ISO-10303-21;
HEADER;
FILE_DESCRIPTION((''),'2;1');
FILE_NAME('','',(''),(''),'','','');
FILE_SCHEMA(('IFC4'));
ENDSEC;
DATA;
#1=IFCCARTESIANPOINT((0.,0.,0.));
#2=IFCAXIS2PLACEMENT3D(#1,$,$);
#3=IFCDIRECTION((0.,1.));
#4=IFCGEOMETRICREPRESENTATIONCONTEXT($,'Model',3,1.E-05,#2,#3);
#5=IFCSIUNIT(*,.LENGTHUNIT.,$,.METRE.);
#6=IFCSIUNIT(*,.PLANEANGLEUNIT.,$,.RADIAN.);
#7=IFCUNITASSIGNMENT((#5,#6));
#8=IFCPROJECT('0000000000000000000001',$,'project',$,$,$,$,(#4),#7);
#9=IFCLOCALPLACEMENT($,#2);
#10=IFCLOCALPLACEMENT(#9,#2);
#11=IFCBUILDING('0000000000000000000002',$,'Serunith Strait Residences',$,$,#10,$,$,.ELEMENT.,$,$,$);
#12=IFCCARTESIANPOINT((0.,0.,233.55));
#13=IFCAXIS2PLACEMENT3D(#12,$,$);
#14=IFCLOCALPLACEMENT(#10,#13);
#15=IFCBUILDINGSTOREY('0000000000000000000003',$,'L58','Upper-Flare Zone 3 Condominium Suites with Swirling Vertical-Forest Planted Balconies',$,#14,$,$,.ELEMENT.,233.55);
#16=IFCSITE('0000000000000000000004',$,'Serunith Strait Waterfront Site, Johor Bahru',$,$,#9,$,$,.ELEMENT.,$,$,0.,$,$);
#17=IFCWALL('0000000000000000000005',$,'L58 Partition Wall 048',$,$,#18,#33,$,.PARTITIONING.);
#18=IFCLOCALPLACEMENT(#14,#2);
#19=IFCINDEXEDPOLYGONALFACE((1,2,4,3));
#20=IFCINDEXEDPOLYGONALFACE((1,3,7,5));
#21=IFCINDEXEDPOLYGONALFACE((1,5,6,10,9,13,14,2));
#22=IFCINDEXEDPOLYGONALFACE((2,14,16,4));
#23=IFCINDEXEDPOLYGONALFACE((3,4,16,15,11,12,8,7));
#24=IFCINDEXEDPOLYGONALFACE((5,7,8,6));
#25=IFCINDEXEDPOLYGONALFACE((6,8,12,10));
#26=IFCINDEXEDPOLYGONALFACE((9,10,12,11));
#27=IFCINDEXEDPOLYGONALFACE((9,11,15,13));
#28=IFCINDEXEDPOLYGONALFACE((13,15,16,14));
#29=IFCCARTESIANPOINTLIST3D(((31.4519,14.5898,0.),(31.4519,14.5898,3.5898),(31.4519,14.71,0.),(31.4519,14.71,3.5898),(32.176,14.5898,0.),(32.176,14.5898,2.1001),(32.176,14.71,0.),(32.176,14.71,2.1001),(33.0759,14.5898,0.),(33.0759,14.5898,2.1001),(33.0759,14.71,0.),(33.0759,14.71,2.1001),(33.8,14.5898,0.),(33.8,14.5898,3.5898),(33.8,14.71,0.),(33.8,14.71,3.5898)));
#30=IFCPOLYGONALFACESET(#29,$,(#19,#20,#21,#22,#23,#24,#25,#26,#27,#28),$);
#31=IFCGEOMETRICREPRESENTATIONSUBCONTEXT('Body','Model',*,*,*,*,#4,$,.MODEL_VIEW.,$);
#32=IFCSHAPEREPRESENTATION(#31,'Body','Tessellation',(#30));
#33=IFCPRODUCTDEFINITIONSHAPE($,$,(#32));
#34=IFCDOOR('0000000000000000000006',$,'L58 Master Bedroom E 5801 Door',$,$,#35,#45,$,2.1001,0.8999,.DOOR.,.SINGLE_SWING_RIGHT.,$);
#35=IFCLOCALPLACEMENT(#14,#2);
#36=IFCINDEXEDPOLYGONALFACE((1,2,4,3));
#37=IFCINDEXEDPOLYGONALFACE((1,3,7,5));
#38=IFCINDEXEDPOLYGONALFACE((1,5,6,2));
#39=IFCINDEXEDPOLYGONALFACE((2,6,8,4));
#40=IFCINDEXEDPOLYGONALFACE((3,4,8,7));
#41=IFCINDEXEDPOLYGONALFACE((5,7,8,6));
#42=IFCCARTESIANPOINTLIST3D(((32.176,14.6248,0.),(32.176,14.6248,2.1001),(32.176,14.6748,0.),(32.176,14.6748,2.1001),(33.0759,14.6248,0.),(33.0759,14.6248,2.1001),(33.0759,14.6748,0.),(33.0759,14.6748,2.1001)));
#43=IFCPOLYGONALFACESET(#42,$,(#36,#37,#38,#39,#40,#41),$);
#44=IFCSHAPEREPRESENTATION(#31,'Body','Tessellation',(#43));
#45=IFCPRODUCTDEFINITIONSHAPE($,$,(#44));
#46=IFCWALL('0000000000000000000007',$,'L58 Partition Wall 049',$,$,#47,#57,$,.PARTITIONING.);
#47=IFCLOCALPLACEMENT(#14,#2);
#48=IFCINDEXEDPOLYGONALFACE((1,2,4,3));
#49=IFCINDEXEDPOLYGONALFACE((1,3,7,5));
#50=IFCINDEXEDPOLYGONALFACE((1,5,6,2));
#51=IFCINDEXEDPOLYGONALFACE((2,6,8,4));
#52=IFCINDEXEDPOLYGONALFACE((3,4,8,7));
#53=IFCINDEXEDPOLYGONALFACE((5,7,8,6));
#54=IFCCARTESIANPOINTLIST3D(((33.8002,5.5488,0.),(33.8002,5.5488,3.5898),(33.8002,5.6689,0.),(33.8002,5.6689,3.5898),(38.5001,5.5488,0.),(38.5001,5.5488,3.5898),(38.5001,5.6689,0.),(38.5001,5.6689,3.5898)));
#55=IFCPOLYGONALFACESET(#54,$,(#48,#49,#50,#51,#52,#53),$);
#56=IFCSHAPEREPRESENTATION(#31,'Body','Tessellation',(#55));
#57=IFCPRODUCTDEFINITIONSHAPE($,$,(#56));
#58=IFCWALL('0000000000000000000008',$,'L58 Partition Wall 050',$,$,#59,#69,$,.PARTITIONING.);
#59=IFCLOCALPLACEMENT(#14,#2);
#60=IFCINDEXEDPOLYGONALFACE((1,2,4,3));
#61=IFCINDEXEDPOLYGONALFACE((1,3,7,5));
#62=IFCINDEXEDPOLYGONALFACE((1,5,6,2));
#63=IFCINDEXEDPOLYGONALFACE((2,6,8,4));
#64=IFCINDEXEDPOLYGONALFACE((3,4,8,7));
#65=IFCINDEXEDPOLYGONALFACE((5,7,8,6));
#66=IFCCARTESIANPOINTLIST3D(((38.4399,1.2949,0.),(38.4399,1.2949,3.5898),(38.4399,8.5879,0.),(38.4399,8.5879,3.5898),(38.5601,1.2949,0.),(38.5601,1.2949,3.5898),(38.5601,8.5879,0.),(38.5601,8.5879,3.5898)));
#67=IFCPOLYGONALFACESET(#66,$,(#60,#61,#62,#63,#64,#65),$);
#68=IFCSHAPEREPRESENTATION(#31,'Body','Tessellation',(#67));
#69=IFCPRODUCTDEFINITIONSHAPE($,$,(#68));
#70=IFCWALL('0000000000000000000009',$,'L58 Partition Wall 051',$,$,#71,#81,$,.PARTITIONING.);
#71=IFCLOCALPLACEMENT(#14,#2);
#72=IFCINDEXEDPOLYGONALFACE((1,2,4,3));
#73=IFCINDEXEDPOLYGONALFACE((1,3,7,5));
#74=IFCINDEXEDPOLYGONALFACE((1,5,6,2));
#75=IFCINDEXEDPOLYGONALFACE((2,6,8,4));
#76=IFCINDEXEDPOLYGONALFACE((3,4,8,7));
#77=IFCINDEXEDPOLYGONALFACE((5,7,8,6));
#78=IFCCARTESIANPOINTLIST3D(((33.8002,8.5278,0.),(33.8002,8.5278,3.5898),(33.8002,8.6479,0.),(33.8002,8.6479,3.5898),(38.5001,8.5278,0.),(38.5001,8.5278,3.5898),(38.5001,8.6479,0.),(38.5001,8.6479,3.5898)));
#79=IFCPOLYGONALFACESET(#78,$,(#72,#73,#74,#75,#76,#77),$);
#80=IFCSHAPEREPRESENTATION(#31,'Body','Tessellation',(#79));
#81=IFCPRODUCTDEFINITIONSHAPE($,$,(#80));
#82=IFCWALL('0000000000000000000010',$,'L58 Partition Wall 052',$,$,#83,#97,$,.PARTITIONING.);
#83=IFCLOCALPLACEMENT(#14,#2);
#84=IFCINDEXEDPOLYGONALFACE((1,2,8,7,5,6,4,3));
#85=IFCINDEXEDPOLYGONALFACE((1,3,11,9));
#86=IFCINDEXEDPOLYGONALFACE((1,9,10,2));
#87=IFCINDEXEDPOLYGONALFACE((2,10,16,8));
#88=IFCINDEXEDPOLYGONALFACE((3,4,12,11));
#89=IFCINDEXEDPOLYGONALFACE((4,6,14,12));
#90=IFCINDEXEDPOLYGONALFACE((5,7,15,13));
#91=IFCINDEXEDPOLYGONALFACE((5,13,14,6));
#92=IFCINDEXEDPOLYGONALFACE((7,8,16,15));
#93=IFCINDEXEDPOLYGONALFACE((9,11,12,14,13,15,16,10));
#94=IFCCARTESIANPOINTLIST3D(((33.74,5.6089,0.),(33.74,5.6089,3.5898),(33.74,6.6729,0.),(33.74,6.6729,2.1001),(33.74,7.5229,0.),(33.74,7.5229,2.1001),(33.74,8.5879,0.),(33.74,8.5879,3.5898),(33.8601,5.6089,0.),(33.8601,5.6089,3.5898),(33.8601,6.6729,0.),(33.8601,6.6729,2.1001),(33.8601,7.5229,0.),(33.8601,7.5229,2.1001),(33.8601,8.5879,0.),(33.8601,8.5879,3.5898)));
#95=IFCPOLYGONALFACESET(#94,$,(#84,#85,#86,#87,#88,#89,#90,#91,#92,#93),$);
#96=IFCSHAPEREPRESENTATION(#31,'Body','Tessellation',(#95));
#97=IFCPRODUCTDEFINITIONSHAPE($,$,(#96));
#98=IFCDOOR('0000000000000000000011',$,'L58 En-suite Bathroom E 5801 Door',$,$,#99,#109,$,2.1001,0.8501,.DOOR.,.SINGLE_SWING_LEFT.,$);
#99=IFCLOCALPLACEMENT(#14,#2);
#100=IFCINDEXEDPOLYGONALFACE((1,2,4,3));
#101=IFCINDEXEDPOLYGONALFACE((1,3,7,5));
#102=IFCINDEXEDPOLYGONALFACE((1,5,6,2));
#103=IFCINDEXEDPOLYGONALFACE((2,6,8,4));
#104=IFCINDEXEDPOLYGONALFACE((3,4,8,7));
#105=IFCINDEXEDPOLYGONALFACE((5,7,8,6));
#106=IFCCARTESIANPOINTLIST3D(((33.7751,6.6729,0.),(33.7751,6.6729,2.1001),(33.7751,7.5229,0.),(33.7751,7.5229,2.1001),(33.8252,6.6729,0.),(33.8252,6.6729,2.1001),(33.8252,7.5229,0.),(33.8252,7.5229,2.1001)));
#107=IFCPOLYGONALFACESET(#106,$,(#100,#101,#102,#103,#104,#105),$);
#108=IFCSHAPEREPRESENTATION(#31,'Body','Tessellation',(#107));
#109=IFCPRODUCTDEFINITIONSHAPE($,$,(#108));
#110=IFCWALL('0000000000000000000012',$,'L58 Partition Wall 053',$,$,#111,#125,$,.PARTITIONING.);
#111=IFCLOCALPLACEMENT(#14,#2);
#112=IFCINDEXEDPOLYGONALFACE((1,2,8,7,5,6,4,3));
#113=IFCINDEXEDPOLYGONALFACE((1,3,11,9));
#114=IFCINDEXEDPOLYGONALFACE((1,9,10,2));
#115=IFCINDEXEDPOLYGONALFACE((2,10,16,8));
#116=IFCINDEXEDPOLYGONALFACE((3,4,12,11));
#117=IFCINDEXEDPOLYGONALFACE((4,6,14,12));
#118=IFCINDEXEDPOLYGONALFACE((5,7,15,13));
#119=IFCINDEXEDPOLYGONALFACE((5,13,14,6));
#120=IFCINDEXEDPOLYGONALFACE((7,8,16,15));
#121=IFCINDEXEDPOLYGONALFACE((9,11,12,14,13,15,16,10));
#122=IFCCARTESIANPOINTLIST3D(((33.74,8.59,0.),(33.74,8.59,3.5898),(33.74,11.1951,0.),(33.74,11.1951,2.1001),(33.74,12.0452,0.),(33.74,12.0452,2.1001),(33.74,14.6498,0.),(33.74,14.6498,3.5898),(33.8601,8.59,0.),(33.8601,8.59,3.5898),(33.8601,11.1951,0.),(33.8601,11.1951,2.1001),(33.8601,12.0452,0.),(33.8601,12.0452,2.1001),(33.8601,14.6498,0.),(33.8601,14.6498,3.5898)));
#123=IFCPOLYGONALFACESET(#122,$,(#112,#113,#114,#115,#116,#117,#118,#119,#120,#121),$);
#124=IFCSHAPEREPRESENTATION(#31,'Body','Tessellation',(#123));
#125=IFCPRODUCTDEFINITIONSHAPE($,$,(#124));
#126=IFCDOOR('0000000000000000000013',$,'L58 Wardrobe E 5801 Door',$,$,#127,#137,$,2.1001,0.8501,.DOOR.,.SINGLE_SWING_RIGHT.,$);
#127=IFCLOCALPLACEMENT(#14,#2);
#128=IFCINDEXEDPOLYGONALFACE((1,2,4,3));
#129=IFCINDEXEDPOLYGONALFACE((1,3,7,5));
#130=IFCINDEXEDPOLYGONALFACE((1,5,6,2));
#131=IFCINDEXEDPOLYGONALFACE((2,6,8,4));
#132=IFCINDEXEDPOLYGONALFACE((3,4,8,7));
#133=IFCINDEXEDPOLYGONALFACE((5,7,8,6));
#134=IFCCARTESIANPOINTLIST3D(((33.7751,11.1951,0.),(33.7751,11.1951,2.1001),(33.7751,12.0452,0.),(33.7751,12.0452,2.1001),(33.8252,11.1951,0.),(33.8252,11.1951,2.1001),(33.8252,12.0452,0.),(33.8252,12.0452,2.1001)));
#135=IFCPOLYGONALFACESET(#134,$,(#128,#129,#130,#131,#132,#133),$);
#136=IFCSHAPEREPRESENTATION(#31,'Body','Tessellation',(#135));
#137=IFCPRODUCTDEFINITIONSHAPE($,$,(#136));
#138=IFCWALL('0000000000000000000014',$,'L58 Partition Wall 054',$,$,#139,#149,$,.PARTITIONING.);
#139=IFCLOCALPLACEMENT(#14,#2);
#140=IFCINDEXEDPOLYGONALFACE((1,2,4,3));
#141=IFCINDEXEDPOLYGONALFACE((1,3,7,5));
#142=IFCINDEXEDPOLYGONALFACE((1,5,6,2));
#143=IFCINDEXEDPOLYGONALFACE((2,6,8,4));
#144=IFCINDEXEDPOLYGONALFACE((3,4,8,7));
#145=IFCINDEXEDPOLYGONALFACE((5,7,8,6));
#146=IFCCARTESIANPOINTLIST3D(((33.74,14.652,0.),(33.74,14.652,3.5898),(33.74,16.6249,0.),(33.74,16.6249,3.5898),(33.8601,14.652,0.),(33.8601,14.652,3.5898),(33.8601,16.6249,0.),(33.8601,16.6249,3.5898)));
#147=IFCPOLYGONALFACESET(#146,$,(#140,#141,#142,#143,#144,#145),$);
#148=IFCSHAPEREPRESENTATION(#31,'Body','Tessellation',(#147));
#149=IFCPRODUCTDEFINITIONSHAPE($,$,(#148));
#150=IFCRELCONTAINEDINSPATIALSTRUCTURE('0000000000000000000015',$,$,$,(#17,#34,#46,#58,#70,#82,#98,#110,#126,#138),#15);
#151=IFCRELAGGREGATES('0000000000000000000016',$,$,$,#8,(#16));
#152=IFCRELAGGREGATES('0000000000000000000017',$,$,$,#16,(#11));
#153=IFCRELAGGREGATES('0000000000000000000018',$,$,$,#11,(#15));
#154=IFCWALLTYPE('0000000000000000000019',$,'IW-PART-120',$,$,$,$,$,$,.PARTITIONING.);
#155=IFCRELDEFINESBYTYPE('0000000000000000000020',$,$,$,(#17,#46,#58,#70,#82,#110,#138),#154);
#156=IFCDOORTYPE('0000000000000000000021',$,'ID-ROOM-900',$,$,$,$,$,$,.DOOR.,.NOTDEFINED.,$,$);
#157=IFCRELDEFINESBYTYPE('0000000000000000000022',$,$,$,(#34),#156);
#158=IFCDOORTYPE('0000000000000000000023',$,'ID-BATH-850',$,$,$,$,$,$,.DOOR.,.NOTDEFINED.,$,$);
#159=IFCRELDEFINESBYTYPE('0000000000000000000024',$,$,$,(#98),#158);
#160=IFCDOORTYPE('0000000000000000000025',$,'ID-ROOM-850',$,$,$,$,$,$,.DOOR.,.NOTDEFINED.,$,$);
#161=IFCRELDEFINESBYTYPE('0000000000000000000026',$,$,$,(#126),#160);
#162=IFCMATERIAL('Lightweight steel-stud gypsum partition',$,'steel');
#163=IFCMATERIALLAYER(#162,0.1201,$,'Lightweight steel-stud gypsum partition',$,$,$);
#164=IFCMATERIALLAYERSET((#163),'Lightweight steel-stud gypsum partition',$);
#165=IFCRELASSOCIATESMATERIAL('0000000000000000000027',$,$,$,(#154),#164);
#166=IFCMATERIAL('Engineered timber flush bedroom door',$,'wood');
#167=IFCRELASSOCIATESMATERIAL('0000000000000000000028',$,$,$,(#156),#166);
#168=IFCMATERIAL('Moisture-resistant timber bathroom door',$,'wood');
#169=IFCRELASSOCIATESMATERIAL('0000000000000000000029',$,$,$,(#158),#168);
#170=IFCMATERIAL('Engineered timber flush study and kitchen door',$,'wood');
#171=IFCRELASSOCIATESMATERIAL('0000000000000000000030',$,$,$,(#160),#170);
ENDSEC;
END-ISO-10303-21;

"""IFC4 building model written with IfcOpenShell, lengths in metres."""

from ifc_helpers import new_model, si_unit, direction, frame, frame_2d, origin, place, context, subcontext, project, spatial, rectangle, extrude, source, transform, mapped, material, layer, layer_set, type_object, element, fill, save


model = new_model("IFC4")

# Units and contexts
model_context = context("Model", 3, precision=1e-05, world=origin(), true_north=direction((0.0, 1.0)))
body_context = subcontext(model_context, "Body", "Model", "MODEL_VIEW")
ifc_project = project(units=[si_unit("LENGTHUNIT", "METRE"), si_unit("PLANEANGLEUNIT", "RADIAN")], contexts=[model_context])

# Site, building, storey
site_placement = place(None, origin())
site = spatial("IfcSite", under=ifc_project, at=site_placement, Name="Serunith Strait Waterfront Site, Johor Bahru", CompositionType="ELEMENT", RefElevation=0.0)
building_placement = place(site_placement, origin())
building = spatial("IfcBuilding", under=site, at=building_placement, Name="Serunith Strait Residences", CompositionType="ELEMENT")
storey_placement = place(building_placement, frame((0.0, 0.0, 233.55)))
storey = spatial("IfcBuildingStorey", under=building, at=storey_placement, Name="L58", Description="Upper-Flare Zone 3 Condominium Suites with Swirling Vertical-Forest Planted Balconies", CompositionType="ELEMENT", Elevation=233.55)

# Shared definitions
ifc_material_1 = material(Name="Lightweight steel-stud gypsum partition", Category="steel")
ifc_layer_1 = layer(ifc_material_1, 0.1201, Name="Lightweight steel-stud gypsum partition")
ifc_layer_set_1 = layer_set([ifc_layer_1], Name="Lightweight steel-stud gypsum partition")
wall_type = type_object("IfcWallType", Name="IW-PART-120", PredefinedType="PARTITIONING", material=ifc_layer_set_1)

# Wall, opening, door
wall_1_placement = place(storey_placement, frame((31.4519, 14.6499, 0.0), z_axis=(0.0, 0.0, 1.0), x_axis=(1.0, 0.0, 0.0)))
wall_1 = element("IfcWall", 1, at=wall_1_placement, inside=storey, type_object=wall_type, Name="L58 Partition Wall 048", PredefinedType="PARTITIONING", context=body_context, shape_type="SweptSolid", body=[
    extrude(rectangle(XDim=2.3481, YDim=0.1201, at=frame_2d((1.1741, 0.0))), origin(), (0.0, 0.0, 1.0), 3.5898),
])
opening_1_placement = place(wall_1_placement, frame((0.7241, 0.0, 0.0)))
opening_1 = element("IfcOpeningElement", 2, at=opening_1_placement, cuts=wall_1, PredefinedType="OPENING", context=body_context, shape_type="SweptSolid", body=[
    extrude(rectangle(XDim=0.8999, YDim=2.1001, at=frame_2d((0.45, 1.05))), frame((0.0, 0.0701, 0.0), z_axis=(0.0, -1.0, 0.0), x_axis=(1.0, 0.0, 0.0)), (0.0, 0.0, 1.0), 0.1401),
])
ifc_material_2 = material(Name="Engineered timber flush bedroom door", Category="wood")
door_type_1 = type_object("IfcDoorType", Name="ID-ROOM-900", OperationType="NOTDEFINED", PredefinedType="DOOR", material=ifc_material_2)
shared_shape_1 = source(origin(), body_context, "Body", "SweptSolid", [
    extrude(rectangle(XDim=0.8999, YDim=2.1001, at=frame_2d((0.45, 1.05))), frame((0.0, 0.0249, 0.0), z_axis=(0.0, -1.0, 0.0), x_axis=(1.0, 0.0, 0.0)), (0.0, 0.0, 1.0), 0.05),
])
door_1_placement = place(opening_1_placement, origin())
door_1 = element("IfcDoor", 3, at=door_1_placement, inside=storey, type_object=door_type_1, Name="L58 Master Bedroom E 5801 Door", OperationType="SINGLE_SWING_RIGHT", OverallHeight=2.1001, OverallWidth=0.8999, PredefinedType="DOOR", context=body_context, shape_type="MappedRepresentation", body=[
    mapped(shared_shape_1, transform((0.0, 0.0, 0.0), scale=1.0)),
])
fill(opening_1, door_1)

# Walls
wall_2_placement = place(storey_placement, frame((33.8, 5.6089, 0.0), z_axis=(0.0, 0.0, 1.0), x_axis=(1.0, 0.0, 0.0)))
element("IfcWall", 4, at=wall_2_placement, inside=storey, type_object=wall_type, Name="L58 Partition Wall 049", PredefinedType="PARTITIONING", context=body_context, shape_type="SweptSolid", body=[
    extrude(rectangle(XDim=4.7, YDim=0.1201, at=frame_2d((2.3501, 0.0))), origin(), (0.0, 0.0, 1.0), 3.5898),
])
wall_3_placement = place(storey_placement, frame((38.5, 1.2949, 0.0), z_axis=(0.0, 0.0, 1.0), x_axis=(0.0, 1.0, 0.0)))
element("IfcWall", 5, at=wall_3_placement, inside=storey, type_object=wall_type, Name="L58 Partition Wall 050", PredefinedType="PARTITIONING", context=body_context, shape_type="SweptSolid", body=[
    extrude(rectangle(XDim=7.293, YDim=0.1201, at=frame_2d((3.6465, 0.0))), origin(), (0.0, 0.0, 1.0), 3.5898),
])
wall_4_placement = place(storey_placement, frame((33.8, 8.5879, 0.0), z_axis=(0.0, 0.0, 1.0), x_axis=(1.0, 0.0, 0.0)))
element("IfcWall", 6, at=wall_4_placement, inside=storey, type_object=wall_type, Name="L58 Partition Wall 051", PredefinedType="PARTITIONING", context=body_context, shape_type="SweptSolid", body=[
    extrude(rectangle(XDim=4.7, YDim=0.1201, at=frame_2d((2.3501, 0.0))), origin(), (0.0, 0.0, 1.0), 3.5898),
])

# Walls, openings, doors
wall_5_placement = place(storey_placement, frame((33.8, 5.6089, 0.0), z_axis=(0.0, 0.0, 1.0), x_axis=(0.0, 1.0, 0.0)))
wall_5 = element("IfcWall", 7, at=wall_5_placement, inside=storey, type_object=wall_type, Name="L58 Partition Wall 052", PredefinedType="PARTITIONING", context=body_context, shape_type="SweptSolid", body=[
    extrude(rectangle(XDim=2.979, YDim=0.1201, at=frame_2d((1.4895, 0.0))), origin(), (0.0, 0.0, 1.0), 3.5898),
])
opening_2_placement = place(wall_5_placement, frame((1.064, 0.0, 0.0)))
opening_2 = element("IfcOpeningElement", 8, at=opening_2_placement, cuts=wall_5, PredefinedType="OPENING", context=body_context, shape_type="SweptSolid", body=[
    extrude(rectangle(XDim=0.8501, YDim=2.1001, at=frame_2d((0.425, 1.05))), frame((0.0, 0.0701, 0.0), z_axis=(0.0, -1.0, 0.0), x_axis=(1.0, 0.0, 0.0)), (0.0, 0.0, 1.0), 0.1401),
])
ifc_material_3 = material(Name="Moisture-resistant timber bathroom door", Category="wood")
door_type_2 = type_object("IfcDoorType", Name="ID-BATH-850", OperationType="NOTDEFINED", PredefinedType="DOOR", material=ifc_material_3)
shared_shape_2 = source(origin(), body_context, "Body", "SweptSolid", [
    extrude(rectangle(XDim=0.8501, YDim=2.1001, at=frame_2d((0.425, 1.05))), frame((0.0, 0.0249, 0.0), z_axis=(0.0, -1.0, 0.0), x_axis=(1.0, 0.0, 0.0)), (0.0, 0.0, 1.0), 0.05),
])
door_2_placement = place(opening_2_placement, origin())
door_2 = element("IfcDoor", 9, at=door_2_placement, inside=storey, type_object=door_type_2, Name="L58 En-suite Bathroom E 5801 Door", OperationType="SINGLE_SWING_LEFT", OverallHeight=2.1001, OverallWidth=0.8501, PredefinedType="DOOR", context=body_context, shape_type="MappedRepresentation", body=[
    mapped(shared_shape_2, transform((0.0, 0.0, 0.0), scale=1.0)),
])
fill(opening_2, door_2)
wall_6_placement = place(storey_placement, frame((33.8, 8.5901, 0.0), z_axis=(0.0, 0.0, 1.0), x_axis=(0.0, 1.0, 0.0)))
wall_6 = element("IfcWall", 10, at=wall_6_placement, inside=storey, type_object=wall_type, Name="L58 Partition Wall 053", PredefinedType="PARTITIONING", context=body_context, shape_type="SweptSolid", body=[
    extrude(rectangle(XDim=6.0598, YDim=0.1201, at=frame_2d((3.0298, 0.0))), origin(), (0.0, 0.0, 1.0), 3.5898),
])
opening_3_placement = place(wall_6_placement, frame((2.605, 0.0, 0.0)))
opening_3 = element("IfcOpeningElement", 11, at=opening_3_placement, cuts=wall_6, PredefinedType="OPENING", context=body_context, shape_type="SweptSolid", body=[
    extrude(rectangle(XDim=0.8501, YDim=2.1001, at=frame_2d((0.425, 1.05))), frame((0.0, 0.0701, 0.0), z_axis=(0.0, -1.0, 0.0), x_axis=(1.0, 0.0, 0.0)), (0.0, 0.0, 1.0), 0.1401),
])
ifc_material_4 = material(Name="Engineered timber flush study and kitchen door", Category="wood")
door_type_3 = type_object("IfcDoorType", Name="ID-ROOM-850", OperationType="NOTDEFINED", PredefinedType="DOOR", material=ifc_material_4)
door_3_placement = place(opening_3_placement, origin())
door_3 = element("IfcDoor", 12, at=door_3_placement, inside=storey, type_object=door_type_3, Name="L58 Wardrobe E 5801 Door", OperationType="SINGLE_SWING_RIGHT", OverallHeight=2.1001, OverallWidth=0.8501, PredefinedType="DOOR", context=body_context, shape_type="MappedRepresentation", body=[
    mapped(shared_shape_2, transform((0.0, 0.0, 0.0), scale=1.0)),
])
fill(opening_3, door_3)

# Wall
wall_7_placement = place(storey_placement, frame((33.8, 14.6521, 0.0), z_axis=(0.0, 0.0, 1.0), x_axis=(0.0, 1.0, 0.0)))
element("IfcWall", 13, at=wall_7_placement, inside=storey, type_object=wall_type, Name="L58 Partition Wall 054", PredefinedType="PARTITIONING", context=body_context, shape_type="SweptSolid", body=[
    extrude(rectangle(XDim=1.9729, YDim=0.1201, at=frame_2d((0.9863, 0.0))), origin(), (0.0, 0.0, 1.0), 3.5898),
])

save(model, "model.ifc")
